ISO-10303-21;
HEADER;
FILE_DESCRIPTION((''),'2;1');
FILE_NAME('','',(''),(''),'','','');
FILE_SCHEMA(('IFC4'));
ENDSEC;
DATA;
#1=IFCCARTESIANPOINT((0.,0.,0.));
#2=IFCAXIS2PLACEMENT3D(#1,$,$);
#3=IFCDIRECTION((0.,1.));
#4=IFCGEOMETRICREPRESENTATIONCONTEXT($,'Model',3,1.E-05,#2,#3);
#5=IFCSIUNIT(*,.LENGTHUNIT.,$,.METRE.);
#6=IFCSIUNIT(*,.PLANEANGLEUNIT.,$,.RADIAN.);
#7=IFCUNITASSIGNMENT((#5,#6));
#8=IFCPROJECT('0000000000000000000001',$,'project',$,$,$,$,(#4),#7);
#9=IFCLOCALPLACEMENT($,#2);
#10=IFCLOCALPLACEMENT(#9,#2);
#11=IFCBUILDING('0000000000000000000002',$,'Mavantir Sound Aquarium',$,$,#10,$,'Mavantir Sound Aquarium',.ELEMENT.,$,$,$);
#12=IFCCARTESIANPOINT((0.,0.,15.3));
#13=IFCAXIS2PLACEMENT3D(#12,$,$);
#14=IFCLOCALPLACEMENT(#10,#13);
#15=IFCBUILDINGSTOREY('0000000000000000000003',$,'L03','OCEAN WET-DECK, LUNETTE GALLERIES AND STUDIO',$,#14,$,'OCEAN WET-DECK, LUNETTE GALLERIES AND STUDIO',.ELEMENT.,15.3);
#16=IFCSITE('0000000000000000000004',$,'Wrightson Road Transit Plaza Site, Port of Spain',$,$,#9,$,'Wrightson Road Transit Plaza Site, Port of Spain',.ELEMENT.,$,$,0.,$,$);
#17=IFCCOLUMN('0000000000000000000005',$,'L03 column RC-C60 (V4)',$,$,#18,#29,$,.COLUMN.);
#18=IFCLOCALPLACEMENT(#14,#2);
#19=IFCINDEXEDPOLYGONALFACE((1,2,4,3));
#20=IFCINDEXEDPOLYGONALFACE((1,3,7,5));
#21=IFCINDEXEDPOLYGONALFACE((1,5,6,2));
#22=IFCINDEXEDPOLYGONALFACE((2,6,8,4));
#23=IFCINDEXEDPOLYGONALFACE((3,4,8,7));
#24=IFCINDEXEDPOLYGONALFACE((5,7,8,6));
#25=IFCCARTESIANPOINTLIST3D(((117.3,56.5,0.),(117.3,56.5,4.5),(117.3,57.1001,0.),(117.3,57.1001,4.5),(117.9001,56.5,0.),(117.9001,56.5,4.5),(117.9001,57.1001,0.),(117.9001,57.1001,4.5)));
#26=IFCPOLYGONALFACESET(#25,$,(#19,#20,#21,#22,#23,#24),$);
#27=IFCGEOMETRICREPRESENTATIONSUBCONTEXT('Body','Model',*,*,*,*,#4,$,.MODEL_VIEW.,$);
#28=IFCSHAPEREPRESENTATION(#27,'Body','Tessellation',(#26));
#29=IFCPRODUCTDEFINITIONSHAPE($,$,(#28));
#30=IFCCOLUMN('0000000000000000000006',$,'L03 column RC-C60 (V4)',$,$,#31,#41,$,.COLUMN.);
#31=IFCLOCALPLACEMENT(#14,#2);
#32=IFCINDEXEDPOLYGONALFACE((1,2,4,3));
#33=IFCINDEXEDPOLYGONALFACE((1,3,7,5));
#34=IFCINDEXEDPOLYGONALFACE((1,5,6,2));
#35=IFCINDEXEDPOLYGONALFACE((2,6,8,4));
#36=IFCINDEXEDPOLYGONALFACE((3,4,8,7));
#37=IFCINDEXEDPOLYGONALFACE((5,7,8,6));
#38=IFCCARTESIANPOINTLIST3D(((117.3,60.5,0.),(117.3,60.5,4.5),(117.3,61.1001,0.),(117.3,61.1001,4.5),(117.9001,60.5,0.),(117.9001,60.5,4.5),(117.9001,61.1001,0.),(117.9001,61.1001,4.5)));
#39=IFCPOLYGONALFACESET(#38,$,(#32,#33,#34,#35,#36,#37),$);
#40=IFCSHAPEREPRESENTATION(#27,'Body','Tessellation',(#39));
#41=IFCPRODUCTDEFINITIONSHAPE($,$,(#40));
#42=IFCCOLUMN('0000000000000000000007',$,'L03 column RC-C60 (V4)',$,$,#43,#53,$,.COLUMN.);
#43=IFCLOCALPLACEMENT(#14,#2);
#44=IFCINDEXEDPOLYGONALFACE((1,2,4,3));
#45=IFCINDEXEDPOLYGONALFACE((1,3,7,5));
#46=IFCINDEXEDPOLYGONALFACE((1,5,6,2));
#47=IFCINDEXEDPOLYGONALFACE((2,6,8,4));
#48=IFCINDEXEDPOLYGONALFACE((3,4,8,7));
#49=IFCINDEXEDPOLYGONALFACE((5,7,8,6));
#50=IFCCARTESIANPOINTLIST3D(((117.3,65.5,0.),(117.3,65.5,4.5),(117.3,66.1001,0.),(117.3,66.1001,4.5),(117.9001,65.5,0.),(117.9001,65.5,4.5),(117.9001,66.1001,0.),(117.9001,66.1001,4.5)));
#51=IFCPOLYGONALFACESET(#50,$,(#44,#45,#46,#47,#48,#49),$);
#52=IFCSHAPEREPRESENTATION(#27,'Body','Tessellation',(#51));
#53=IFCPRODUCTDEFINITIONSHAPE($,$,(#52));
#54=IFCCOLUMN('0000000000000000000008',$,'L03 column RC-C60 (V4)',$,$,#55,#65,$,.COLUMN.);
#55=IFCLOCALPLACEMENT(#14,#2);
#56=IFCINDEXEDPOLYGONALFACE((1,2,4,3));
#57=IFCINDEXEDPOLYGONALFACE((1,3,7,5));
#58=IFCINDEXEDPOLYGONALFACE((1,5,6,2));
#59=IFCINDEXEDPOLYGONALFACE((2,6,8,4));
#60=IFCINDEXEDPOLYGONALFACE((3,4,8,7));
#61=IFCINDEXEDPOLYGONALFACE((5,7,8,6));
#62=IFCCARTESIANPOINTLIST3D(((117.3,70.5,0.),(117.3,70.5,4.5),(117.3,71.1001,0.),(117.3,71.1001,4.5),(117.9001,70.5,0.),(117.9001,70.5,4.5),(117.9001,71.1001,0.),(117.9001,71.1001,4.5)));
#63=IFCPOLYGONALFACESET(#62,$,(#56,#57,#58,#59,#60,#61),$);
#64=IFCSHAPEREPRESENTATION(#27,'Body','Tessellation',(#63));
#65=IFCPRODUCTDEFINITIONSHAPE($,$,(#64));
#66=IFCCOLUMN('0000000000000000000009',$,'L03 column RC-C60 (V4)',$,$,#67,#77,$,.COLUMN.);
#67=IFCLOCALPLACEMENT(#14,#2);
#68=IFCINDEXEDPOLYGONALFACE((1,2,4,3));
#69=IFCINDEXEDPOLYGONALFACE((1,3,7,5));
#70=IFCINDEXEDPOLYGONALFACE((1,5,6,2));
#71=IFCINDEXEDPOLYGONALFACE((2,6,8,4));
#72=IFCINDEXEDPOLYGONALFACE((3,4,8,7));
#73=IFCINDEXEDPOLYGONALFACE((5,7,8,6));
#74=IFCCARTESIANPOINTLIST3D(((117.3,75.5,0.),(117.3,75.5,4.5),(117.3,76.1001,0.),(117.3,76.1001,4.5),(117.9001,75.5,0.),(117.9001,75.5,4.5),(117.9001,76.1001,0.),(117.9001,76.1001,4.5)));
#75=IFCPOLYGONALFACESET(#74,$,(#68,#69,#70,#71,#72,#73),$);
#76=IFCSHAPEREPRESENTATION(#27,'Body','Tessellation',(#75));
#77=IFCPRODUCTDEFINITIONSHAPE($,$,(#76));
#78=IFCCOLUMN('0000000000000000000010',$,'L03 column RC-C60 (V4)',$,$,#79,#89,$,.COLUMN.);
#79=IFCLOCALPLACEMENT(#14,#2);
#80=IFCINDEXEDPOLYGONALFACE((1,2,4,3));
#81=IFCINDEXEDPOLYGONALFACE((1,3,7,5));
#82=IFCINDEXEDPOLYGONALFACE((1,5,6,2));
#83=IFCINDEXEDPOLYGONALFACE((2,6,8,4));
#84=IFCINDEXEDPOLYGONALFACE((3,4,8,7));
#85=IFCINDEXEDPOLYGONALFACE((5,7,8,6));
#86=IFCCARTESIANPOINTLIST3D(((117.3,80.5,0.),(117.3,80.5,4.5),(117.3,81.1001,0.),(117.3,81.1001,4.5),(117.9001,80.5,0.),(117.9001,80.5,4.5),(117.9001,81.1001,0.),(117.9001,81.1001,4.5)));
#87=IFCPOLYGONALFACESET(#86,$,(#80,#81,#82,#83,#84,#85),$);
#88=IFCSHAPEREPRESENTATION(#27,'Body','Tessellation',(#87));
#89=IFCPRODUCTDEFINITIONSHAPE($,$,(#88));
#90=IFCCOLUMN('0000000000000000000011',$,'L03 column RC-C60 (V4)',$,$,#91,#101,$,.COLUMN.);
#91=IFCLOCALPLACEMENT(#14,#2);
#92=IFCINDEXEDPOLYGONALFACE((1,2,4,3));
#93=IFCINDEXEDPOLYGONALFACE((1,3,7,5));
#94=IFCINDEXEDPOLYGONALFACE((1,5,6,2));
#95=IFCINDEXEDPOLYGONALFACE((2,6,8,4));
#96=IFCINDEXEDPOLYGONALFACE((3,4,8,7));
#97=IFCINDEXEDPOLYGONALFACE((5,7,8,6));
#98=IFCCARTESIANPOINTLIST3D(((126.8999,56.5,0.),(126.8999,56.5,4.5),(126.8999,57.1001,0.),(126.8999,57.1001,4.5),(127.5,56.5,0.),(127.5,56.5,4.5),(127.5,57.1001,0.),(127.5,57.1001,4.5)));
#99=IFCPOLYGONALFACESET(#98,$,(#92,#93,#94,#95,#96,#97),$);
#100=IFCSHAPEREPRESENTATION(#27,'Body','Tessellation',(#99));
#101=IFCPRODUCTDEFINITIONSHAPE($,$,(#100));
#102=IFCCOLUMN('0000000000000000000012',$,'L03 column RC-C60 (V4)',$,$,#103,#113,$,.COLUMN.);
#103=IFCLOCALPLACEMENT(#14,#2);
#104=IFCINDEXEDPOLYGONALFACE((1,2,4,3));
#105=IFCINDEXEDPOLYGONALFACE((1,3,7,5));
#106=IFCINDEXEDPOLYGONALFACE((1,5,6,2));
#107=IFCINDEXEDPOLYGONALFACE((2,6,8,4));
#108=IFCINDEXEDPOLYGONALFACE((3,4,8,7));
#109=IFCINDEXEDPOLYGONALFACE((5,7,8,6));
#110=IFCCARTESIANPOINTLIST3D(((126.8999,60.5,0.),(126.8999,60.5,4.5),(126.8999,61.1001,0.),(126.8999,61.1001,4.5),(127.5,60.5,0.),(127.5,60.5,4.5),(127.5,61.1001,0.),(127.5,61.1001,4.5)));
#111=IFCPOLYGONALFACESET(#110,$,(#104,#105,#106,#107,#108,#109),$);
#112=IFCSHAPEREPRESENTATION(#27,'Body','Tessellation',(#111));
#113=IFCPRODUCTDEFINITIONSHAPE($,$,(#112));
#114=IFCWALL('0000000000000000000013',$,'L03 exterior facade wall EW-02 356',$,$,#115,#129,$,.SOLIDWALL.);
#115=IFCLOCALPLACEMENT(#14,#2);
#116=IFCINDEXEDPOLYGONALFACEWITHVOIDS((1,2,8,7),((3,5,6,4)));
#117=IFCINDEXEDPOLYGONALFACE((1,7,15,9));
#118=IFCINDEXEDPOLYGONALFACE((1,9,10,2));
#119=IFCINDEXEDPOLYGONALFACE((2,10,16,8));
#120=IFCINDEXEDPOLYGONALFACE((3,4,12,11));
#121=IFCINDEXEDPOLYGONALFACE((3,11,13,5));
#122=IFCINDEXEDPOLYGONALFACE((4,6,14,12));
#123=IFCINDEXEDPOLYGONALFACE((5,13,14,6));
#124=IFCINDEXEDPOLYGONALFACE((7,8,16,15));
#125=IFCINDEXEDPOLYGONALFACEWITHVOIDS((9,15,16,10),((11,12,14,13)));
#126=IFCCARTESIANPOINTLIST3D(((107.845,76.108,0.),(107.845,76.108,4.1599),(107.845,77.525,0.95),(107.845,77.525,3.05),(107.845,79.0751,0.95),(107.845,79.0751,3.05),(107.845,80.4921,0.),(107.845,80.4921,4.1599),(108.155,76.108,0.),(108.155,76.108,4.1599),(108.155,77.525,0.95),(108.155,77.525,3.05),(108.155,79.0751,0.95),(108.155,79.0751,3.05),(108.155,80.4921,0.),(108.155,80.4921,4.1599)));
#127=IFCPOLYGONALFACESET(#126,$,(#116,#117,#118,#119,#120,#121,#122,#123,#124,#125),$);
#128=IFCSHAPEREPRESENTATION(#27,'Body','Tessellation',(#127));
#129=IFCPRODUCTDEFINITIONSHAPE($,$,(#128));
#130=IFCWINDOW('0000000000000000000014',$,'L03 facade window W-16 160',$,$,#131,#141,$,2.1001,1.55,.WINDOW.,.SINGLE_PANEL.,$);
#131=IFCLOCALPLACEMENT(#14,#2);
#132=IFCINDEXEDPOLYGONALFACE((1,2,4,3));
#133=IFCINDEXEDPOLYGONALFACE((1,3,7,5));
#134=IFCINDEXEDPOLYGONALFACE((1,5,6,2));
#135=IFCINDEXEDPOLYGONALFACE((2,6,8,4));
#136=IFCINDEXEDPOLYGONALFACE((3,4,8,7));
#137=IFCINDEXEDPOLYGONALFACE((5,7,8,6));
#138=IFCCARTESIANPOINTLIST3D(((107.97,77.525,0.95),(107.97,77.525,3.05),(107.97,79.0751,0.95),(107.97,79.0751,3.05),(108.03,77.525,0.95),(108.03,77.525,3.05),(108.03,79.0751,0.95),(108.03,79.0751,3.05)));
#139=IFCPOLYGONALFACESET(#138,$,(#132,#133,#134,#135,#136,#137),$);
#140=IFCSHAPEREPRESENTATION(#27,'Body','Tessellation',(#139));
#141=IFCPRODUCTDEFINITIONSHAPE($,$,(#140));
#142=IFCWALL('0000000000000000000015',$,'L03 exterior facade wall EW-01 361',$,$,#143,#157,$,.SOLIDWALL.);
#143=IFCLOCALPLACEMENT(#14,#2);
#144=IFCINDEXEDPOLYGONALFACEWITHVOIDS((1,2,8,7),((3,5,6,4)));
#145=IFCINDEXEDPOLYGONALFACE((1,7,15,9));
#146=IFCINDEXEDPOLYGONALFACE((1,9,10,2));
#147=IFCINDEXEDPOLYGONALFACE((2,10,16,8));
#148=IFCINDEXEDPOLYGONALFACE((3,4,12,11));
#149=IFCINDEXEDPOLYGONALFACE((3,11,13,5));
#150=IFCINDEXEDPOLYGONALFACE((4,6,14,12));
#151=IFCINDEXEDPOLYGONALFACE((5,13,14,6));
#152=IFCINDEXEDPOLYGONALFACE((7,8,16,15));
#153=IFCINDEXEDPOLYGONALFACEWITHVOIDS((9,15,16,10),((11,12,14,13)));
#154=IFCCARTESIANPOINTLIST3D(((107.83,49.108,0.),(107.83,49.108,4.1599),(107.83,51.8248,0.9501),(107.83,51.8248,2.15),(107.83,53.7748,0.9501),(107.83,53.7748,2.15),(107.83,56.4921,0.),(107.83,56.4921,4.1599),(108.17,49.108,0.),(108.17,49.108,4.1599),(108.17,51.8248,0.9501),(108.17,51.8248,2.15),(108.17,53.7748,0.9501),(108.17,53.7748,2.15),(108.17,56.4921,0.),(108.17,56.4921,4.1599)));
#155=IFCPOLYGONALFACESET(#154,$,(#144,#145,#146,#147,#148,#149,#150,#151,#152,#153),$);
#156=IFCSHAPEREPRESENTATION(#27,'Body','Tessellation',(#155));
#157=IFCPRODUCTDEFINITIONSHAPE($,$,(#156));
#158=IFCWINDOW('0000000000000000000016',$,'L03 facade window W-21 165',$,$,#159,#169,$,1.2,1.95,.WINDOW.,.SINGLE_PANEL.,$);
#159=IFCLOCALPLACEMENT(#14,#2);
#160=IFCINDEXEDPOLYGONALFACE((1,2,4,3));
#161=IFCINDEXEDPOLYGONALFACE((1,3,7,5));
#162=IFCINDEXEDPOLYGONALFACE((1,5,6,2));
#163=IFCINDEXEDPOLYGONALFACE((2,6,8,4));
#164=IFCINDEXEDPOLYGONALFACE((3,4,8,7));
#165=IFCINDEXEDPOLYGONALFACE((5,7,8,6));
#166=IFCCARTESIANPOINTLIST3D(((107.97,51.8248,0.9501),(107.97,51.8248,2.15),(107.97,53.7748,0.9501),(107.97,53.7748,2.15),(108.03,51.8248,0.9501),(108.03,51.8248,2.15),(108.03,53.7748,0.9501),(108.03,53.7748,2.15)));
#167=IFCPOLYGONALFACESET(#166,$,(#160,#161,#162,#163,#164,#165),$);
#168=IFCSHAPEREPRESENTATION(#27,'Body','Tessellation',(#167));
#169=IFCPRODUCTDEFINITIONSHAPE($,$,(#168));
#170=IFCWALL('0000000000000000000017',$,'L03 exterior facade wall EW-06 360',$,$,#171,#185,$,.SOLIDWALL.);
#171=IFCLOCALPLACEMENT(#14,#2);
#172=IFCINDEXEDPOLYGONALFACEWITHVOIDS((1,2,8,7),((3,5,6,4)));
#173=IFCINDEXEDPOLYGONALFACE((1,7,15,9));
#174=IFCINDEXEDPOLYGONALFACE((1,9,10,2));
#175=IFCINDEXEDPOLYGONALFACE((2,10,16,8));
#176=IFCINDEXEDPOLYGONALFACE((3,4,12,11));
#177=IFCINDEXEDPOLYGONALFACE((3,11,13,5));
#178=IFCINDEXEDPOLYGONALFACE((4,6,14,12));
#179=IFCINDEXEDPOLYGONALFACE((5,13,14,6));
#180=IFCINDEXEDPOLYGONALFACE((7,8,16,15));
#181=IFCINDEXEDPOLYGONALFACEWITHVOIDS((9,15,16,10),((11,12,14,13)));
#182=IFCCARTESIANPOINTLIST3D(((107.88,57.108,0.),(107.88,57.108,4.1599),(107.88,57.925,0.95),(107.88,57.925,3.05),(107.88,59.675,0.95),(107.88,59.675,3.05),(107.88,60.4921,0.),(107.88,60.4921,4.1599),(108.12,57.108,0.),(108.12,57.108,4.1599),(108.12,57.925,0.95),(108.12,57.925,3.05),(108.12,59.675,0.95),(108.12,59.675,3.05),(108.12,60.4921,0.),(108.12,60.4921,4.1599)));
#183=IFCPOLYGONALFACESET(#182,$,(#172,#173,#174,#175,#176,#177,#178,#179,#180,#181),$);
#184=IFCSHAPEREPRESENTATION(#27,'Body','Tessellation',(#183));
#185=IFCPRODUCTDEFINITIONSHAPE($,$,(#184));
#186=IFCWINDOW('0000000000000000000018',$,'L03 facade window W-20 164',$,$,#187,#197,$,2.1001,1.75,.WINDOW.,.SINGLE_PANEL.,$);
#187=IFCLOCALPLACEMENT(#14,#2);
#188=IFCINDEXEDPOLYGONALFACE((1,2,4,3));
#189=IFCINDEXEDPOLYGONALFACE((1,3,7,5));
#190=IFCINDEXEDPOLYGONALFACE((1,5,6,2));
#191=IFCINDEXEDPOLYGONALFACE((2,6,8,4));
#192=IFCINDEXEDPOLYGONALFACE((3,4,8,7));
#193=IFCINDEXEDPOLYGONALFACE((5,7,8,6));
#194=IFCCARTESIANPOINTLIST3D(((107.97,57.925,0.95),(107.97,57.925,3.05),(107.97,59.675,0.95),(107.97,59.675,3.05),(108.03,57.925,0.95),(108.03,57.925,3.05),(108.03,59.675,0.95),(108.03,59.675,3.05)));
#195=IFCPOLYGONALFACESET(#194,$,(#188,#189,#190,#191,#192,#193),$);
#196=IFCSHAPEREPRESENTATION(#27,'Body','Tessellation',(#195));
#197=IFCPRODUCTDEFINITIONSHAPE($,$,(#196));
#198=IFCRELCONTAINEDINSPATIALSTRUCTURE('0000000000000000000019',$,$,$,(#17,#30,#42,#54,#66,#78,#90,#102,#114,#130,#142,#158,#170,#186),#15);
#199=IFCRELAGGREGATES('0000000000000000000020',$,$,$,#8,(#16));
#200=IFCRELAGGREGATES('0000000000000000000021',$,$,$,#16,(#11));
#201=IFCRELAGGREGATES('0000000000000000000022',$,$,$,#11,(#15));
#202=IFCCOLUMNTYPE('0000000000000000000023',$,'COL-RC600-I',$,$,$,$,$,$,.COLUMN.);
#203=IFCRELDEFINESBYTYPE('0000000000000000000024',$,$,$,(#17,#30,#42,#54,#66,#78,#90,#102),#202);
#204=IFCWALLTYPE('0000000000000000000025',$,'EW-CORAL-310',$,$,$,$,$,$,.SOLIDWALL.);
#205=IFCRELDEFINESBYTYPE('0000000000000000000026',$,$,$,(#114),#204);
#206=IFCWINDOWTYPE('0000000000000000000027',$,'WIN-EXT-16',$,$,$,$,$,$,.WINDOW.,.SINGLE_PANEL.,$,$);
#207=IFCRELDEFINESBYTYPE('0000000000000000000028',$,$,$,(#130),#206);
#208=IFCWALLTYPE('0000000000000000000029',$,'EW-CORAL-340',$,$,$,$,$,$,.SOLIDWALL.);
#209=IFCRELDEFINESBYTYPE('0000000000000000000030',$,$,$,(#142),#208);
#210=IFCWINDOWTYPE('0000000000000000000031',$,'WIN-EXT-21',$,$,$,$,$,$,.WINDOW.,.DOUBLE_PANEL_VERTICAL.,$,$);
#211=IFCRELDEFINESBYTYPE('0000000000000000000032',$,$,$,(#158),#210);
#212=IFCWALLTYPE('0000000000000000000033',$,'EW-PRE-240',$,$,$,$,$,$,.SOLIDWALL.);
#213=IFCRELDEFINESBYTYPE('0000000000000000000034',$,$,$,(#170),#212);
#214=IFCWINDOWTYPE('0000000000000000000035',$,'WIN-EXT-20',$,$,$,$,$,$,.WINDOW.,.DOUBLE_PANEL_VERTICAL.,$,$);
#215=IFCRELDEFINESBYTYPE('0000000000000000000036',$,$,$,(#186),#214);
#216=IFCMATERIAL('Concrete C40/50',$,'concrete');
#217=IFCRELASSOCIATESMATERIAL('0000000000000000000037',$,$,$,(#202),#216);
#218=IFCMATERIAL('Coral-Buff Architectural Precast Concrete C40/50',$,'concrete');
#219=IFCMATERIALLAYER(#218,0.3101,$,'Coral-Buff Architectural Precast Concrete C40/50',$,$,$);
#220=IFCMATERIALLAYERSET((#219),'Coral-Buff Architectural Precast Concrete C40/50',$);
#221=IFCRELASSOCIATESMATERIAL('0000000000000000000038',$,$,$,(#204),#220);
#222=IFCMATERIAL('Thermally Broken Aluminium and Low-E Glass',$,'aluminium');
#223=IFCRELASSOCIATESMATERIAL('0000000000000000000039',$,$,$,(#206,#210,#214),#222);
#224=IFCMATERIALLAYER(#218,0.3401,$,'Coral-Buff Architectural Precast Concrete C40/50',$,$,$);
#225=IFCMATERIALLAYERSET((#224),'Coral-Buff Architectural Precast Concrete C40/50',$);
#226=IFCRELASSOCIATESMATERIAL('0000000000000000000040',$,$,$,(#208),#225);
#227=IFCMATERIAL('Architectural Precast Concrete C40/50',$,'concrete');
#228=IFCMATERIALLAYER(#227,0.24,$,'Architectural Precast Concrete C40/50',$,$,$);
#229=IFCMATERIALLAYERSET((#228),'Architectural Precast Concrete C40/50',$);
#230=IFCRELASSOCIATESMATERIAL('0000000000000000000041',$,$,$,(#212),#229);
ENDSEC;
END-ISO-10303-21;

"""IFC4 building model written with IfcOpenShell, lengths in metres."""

from ifc_helpers import new_model, si_unit, direction, frame, frame_2d, origin, origin_2d, place, context, subcontext, project, spatial, rectangle, extrude, material, layer, layer_set, material_profile, profile_set, type_object, element, fill, save


model = new_model("IFC4")

# Units and contexts
model_context = context("Model", 3, precision=1e-05, world=origin(), true_north=direction((0.0, 1.0)))
body_context = subcontext(model_context, "Body", "Model", "MODEL_VIEW")
ifc_project = project(units=[si_unit("LENGTHUNIT", "METRE"), si_unit("PLANEANGLEUNIT", "RADIAN")], contexts=[model_context])

# Site, building, storey
site_placement = place(None, origin())
site = spatial("IfcSite", under=ifc_project, at=site_placement, Name="Wrightson Road Transit Plaza Site, Port of Spain", LongName="Wrightson Road Transit Plaza Site, Port of Spain", CompositionType="ELEMENT", RefElevation=0.0)
building_placement = place(site_placement, origin())
building = spatial("IfcBuilding", under=site, at=building_placement, Name="Mavantir Sound Aquarium", LongName="Mavantir Sound Aquarium", CompositionType="ELEMENT")
storey_placement = place(building_placement, frame((0.0, 0.0, 15.3)))
storey = spatial("IfcBuildingStorey", under=building, at=storey_placement, Name="L03", Description="OCEAN WET-DECK, LUNETTE GALLERIES AND STUDIO", LongName="OCEAN WET-DECK, LUNETTE GALLERIES AND STUDIO", CompositionType="ELEMENT", Elevation=15.3)

# Columns
ifc_material_1 = material(Name="Concrete C40/50", Category="concrete")
ifc_material_profile = material_profile(ifc_material_1, rectangle(XDim=0.6001, YDim=0.6001, at=origin_2d()), Name="RC 600X600")
ifc_profile_set = profile_set([ifc_material_profile], Name="Concrete C40/50")
column_type = type_object("IfcColumnType", Name="COL-RC600-I", PredefinedType="COLUMN", material=ifc_profile_set)
for number, where, z_axis, x_axis, name in (
    (1, (117.6001, 56.8, 0.0), (0.0, 0.0, 1.0), (1.0, 0.0, 0.0), "L03 column RC-C60 (V4)"),
    (2, (117.6001, 60.8, 0.0), (0.0, 0.0, 1.0), (1.0, 0.0, 0.0), "L03 column RC-C60 (V4)"),
    (3, (117.6001, 65.8, 0.0), (0.0, 0.0, 1.0), (1.0, 0.0, 0.0), "L03 column RC-C60 (V4)"),
    (4, (117.6001, 70.8, 0.0), (0.0, 0.0, 1.0), (1.0, 0.0, 0.0), "L03 column RC-C60 (V4)"),
    (5, (117.6001, 75.8, 0.0), (0.0, 0.0, 1.0), (1.0, 0.0, 0.0), "L03 column RC-C60 (V4)"),
    (6, (117.6001, 80.8, 0.0), (0.0, 0.0, 1.0), (1.0, 0.0, 0.0), "L03 column RC-C60 (V4)"),
    (7, (127.2, 56.8, 0.0), (0.0, 0.0, 1.0), (1.0, 0.0, 0.0), "L03 column RC-C60 (V4)"),
    (8, (127.2, 60.8, 0.0), (0.0, 0.0, 1.0), (1.0, 0.0, 0.0), "L03 column RC-C60 (V4)"),
):
    element("IfcColumn", number, at=place(storey_placement, frame(where, z_axis=z_axis, x_axis=x_axis)), inside=storey, type_object=column_type, Name=name, PredefinedType="COLUMN", context=body_context, shape_type="SweptSolid", body=[
        extrude(rectangle(XDim=0.6001, YDim=0.6001, at=origin_2d()), origin(), (0.0, 0.0, 1.0), 4.5),
    ])

# Walls, openings, windows
ifc_material_2 = material(Name="Coral-Buff Architectural Precast Concrete C40/50", Category="concrete")
ifc_layer_1 = layer(ifc_material_2, 0.3101, Name="Coral-Buff Architectural Precast Concrete C40/50")
ifc_layer_set_1 = layer_set([ifc_layer_1], Name="Coral-Buff Architectural Precast Concrete C40/50")
wall_type_1 = type_object("IfcWallType", Name="EW-CORAL-310", PredefinedType="SOLIDWALL", material=ifc_layer_set_1)
wall_1_placement = place(storey_placement, frame((108.0, 80.4919, 0.0), z_axis=(0.0, 0.0, 1.0), x_axis=(0.0, -1.0, 0.0)))
wall_1 = element("IfcWall", 9, at=wall_1_placement, inside=storey, type_object=wall_type_1, Name="L03 exterior facade wall EW-02 356", PredefinedType="SOLIDWALL", context=body_context, shape_type="SweptSolid", body=[
    extrude(rectangle(XDim=4.384, YDim=0.3101, at=frame_2d((2.1919, 0.0))), origin(), (0.0, 0.0, 1.0), 4.1599),
])
opening_1_placement = place(wall_1_placement, frame((1.417, 0.0, 0.95)))
opening_1 = element("IfcOpeningElement", 10, at=opening_1_placement, cuts=wall_1, PredefinedType="OPENING", context=body_context, shape_type="SweptSolid", body=[
    extrude(rectangle(XDim=1.55, YDim=2.1001, at=frame_2d((0.7749, 1.05))), frame((0.0, 0.165, 0.0), z_axis=(0.0, -1.0, 0.0), x_axis=(1.0, 0.0, 0.0)), (0.0, 0.0, 1.0), 0.3301),
])
ifc_material_3 = material(Name="Thermally Broken Aluminium and Low-E Glass", Category="aluminium")
window_type_1 = type_object("IfcWindowType", Name="WIN-EXT-16", PartitioningType="SINGLE_PANEL", PredefinedType="WINDOW", material=ifc_material_3)
window_1_placement = place(opening_1_placement, origin())
window_1 = element("IfcWindow", 11, at=window_1_placement, inside=storey, type_object=window_type_1, Name="L03 facade window W-16 160", OverallHeight=2.1001, OverallWidth=1.55, PartitioningType="SINGLE_PANEL", PredefinedType="WINDOW", context=body_context, shape_type="SweptSolid", body=[
    extrude(rectangle(XDim=1.55, YDim=2.1001, at=frame_2d((0.7749, 1.05))), frame((0.0, 0.03, 0.0), z_axis=(0.0, -1.0, 0.0), x_axis=(1.0, 0.0, 0.0)), (0.0, 0.0, 1.0), 0.0601),
])
fill(opening_1, window_1)
ifc_layer_2 = layer(ifc_material_2, 0.3401, Name="Coral-Buff Architectural Precast Concrete C40/50")
ifc_layer_set_2 = layer_set([ifc_layer_2], Name="Coral-Buff Architectural Precast Concrete C40/50")
wall_type_2 = type_object("IfcWallType", Name="EW-CORAL-340", PredefinedType="SOLIDWALL", material=ifc_layer_set_2)
wall_2_placement = place(storey_placement, frame((108.0, 56.4919, 0.0), z_axis=(0.0, 0.0, 1.0), x_axis=(0.0, -1.0, 0.0)))
wall_2 = element("IfcWall", 12, at=wall_2_placement, inside=storey, type_object=wall_type_2, Name="L03 exterior facade wall EW-01 361", PredefinedType="SOLIDWALL", context=body_context, shape_type="SweptSolid", body=[
    extrude(rectangle(XDim=7.384, YDim=0.3401, at=frame_2d((3.6919, 0.0))), origin(), (0.0, 0.0, 1.0), 4.1599),
])
opening_2_placement = place(wall_2_placement, frame((2.717, 0.0, 0.95)))
opening_2 = element("IfcOpeningElement", 13, at=opening_2_placement, cuts=wall_2, PredefinedType="OPENING", context=body_context, shape_type="SweptSolid", body=[
    extrude(rectangle(XDim=1.95, YDim=1.2, at=frame_2d((0.9751, 0.6001))), frame((0.0, 0.1802, 0.0), z_axis=(0.0, -1.0, 0.0), x_axis=(1.0, 0.0, 0.0)), (0.0, 0.0, 1.0), 0.3601),
])
window_type_2 = type_object("IfcWindowType", Name="WIN-EXT-21", PartitioningType="DOUBLE_PANEL_VERTICAL", PredefinedType="WINDOW", material=ifc_material_3)
window_2_placement = place(opening_2_placement, origin())
window_2 = element("IfcWindow", 14, at=window_2_placement, inside=storey, type_object=window_type_2, Name="L03 facade window W-21 165", OverallHeight=1.2, OverallWidth=1.95, PartitioningType="SINGLE_PANEL", PredefinedType="WINDOW", context=body_context, shape_type="SweptSolid", body=[
    extrude(rectangle(XDim=1.95, YDim=1.2, at=frame_2d((0.9751, 0.6001))), frame((0.0, 0.03, 0.0), z_axis=(0.0, -1.0, 0.0), x_axis=(1.0, 0.0, 0.0)), (0.0, 0.0, 1.0), 0.0601),
])
fill(opening_2, window_2)
ifc_material_4 = material(Name="Architectural Precast Concrete C40/50", Category="concrete")
ifc_layer_3 = layer(ifc_material_4, 0.24, Name="Architectural Precast Concrete C40/50")
ifc_layer_set_3 = layer_set([ifc_layer_3], Name="Architectural Precast Concrete C40/50")
wall_type_3 = type_object("IfcWallType", Name="EW-PRE-240", PredefinedType="SOLIDWALL", material=ifc_layer_set_3)
wall_3_placement = place(storey_placement, frame((108.0, 60.4919, 0.0), z_axis=(0.0, 0.0, 1.0), x_axis=(0.0, -1.0, 0.0)))
wall_3 = element("IfcWall", 15, at=wall_3_placement, inside=storey, type_object=wall_type_3, Name="L03 exterior facade wall EW-06 360", PredefinedType="SOLIDWALL", context=body_context, shape_type="SweptSolid", body=[
    extrude(rectangle(XDim=3.384, YDim=0.24, at=frame_2d((1.6919, 0.0))), origin(), (0.0, 0.0, 1.0), 4.1599),
])
opening_3_placement = place(wall_3_placement, frame((0.8169, 0.0, 0.95)))
opening_3 = element("IfcOpeningElement", 16, at=opening_3_placement, cuts=wall_3, PredefinedType="OPENING", context=body_context, shape_type="SweptSolid", body=[
    extrude(rectangle(XDim=1.75, YDim=2.1001, at=frame_2d((0.875, 1.05))), frame((0.0, 0.1299, 0.0), z_axis=(0.0, -1.0, 0.0), x_axis=(1.0, 0.0, 0.0)), (0.0, 0.0, 1.0), 0.26),
])
window_type_3 = type_object("IfcWindowType", Name="WIN-EXT-20", PartitioningType="DOUBLE_PANEL_VERTICAL", PredefinedType="WINDOW", material=ifc_material_3)
window_3_placement = place(opening_3_placement, origin())
window_3 = element("IfcWindow", 17, at=window_3_placement, inside=storey, type_object=window_type_3, Name="L03 facade window W-20 164", OverallHeight=2.1001, OverallWidth=1.75, PartitioningType="SINGLE_PANEL", PredefinedType="WINDOW", context=body_context, shape_type="SweptSolid", body=[
    extrude(rectangle(XDim=1.75, YDim=2.1001, at=frame_2d((0.875, 1.05))), frame((0.0, 0.03, 0.0), z_axis=(0.0, -1.0, 0.0), x_axis=(1.0, 0.0, 0.0)), (0.0, 0.0, 1.0), 0.0601),
])
fill(opening_3, window_3)

save(model, "model.ifc")
